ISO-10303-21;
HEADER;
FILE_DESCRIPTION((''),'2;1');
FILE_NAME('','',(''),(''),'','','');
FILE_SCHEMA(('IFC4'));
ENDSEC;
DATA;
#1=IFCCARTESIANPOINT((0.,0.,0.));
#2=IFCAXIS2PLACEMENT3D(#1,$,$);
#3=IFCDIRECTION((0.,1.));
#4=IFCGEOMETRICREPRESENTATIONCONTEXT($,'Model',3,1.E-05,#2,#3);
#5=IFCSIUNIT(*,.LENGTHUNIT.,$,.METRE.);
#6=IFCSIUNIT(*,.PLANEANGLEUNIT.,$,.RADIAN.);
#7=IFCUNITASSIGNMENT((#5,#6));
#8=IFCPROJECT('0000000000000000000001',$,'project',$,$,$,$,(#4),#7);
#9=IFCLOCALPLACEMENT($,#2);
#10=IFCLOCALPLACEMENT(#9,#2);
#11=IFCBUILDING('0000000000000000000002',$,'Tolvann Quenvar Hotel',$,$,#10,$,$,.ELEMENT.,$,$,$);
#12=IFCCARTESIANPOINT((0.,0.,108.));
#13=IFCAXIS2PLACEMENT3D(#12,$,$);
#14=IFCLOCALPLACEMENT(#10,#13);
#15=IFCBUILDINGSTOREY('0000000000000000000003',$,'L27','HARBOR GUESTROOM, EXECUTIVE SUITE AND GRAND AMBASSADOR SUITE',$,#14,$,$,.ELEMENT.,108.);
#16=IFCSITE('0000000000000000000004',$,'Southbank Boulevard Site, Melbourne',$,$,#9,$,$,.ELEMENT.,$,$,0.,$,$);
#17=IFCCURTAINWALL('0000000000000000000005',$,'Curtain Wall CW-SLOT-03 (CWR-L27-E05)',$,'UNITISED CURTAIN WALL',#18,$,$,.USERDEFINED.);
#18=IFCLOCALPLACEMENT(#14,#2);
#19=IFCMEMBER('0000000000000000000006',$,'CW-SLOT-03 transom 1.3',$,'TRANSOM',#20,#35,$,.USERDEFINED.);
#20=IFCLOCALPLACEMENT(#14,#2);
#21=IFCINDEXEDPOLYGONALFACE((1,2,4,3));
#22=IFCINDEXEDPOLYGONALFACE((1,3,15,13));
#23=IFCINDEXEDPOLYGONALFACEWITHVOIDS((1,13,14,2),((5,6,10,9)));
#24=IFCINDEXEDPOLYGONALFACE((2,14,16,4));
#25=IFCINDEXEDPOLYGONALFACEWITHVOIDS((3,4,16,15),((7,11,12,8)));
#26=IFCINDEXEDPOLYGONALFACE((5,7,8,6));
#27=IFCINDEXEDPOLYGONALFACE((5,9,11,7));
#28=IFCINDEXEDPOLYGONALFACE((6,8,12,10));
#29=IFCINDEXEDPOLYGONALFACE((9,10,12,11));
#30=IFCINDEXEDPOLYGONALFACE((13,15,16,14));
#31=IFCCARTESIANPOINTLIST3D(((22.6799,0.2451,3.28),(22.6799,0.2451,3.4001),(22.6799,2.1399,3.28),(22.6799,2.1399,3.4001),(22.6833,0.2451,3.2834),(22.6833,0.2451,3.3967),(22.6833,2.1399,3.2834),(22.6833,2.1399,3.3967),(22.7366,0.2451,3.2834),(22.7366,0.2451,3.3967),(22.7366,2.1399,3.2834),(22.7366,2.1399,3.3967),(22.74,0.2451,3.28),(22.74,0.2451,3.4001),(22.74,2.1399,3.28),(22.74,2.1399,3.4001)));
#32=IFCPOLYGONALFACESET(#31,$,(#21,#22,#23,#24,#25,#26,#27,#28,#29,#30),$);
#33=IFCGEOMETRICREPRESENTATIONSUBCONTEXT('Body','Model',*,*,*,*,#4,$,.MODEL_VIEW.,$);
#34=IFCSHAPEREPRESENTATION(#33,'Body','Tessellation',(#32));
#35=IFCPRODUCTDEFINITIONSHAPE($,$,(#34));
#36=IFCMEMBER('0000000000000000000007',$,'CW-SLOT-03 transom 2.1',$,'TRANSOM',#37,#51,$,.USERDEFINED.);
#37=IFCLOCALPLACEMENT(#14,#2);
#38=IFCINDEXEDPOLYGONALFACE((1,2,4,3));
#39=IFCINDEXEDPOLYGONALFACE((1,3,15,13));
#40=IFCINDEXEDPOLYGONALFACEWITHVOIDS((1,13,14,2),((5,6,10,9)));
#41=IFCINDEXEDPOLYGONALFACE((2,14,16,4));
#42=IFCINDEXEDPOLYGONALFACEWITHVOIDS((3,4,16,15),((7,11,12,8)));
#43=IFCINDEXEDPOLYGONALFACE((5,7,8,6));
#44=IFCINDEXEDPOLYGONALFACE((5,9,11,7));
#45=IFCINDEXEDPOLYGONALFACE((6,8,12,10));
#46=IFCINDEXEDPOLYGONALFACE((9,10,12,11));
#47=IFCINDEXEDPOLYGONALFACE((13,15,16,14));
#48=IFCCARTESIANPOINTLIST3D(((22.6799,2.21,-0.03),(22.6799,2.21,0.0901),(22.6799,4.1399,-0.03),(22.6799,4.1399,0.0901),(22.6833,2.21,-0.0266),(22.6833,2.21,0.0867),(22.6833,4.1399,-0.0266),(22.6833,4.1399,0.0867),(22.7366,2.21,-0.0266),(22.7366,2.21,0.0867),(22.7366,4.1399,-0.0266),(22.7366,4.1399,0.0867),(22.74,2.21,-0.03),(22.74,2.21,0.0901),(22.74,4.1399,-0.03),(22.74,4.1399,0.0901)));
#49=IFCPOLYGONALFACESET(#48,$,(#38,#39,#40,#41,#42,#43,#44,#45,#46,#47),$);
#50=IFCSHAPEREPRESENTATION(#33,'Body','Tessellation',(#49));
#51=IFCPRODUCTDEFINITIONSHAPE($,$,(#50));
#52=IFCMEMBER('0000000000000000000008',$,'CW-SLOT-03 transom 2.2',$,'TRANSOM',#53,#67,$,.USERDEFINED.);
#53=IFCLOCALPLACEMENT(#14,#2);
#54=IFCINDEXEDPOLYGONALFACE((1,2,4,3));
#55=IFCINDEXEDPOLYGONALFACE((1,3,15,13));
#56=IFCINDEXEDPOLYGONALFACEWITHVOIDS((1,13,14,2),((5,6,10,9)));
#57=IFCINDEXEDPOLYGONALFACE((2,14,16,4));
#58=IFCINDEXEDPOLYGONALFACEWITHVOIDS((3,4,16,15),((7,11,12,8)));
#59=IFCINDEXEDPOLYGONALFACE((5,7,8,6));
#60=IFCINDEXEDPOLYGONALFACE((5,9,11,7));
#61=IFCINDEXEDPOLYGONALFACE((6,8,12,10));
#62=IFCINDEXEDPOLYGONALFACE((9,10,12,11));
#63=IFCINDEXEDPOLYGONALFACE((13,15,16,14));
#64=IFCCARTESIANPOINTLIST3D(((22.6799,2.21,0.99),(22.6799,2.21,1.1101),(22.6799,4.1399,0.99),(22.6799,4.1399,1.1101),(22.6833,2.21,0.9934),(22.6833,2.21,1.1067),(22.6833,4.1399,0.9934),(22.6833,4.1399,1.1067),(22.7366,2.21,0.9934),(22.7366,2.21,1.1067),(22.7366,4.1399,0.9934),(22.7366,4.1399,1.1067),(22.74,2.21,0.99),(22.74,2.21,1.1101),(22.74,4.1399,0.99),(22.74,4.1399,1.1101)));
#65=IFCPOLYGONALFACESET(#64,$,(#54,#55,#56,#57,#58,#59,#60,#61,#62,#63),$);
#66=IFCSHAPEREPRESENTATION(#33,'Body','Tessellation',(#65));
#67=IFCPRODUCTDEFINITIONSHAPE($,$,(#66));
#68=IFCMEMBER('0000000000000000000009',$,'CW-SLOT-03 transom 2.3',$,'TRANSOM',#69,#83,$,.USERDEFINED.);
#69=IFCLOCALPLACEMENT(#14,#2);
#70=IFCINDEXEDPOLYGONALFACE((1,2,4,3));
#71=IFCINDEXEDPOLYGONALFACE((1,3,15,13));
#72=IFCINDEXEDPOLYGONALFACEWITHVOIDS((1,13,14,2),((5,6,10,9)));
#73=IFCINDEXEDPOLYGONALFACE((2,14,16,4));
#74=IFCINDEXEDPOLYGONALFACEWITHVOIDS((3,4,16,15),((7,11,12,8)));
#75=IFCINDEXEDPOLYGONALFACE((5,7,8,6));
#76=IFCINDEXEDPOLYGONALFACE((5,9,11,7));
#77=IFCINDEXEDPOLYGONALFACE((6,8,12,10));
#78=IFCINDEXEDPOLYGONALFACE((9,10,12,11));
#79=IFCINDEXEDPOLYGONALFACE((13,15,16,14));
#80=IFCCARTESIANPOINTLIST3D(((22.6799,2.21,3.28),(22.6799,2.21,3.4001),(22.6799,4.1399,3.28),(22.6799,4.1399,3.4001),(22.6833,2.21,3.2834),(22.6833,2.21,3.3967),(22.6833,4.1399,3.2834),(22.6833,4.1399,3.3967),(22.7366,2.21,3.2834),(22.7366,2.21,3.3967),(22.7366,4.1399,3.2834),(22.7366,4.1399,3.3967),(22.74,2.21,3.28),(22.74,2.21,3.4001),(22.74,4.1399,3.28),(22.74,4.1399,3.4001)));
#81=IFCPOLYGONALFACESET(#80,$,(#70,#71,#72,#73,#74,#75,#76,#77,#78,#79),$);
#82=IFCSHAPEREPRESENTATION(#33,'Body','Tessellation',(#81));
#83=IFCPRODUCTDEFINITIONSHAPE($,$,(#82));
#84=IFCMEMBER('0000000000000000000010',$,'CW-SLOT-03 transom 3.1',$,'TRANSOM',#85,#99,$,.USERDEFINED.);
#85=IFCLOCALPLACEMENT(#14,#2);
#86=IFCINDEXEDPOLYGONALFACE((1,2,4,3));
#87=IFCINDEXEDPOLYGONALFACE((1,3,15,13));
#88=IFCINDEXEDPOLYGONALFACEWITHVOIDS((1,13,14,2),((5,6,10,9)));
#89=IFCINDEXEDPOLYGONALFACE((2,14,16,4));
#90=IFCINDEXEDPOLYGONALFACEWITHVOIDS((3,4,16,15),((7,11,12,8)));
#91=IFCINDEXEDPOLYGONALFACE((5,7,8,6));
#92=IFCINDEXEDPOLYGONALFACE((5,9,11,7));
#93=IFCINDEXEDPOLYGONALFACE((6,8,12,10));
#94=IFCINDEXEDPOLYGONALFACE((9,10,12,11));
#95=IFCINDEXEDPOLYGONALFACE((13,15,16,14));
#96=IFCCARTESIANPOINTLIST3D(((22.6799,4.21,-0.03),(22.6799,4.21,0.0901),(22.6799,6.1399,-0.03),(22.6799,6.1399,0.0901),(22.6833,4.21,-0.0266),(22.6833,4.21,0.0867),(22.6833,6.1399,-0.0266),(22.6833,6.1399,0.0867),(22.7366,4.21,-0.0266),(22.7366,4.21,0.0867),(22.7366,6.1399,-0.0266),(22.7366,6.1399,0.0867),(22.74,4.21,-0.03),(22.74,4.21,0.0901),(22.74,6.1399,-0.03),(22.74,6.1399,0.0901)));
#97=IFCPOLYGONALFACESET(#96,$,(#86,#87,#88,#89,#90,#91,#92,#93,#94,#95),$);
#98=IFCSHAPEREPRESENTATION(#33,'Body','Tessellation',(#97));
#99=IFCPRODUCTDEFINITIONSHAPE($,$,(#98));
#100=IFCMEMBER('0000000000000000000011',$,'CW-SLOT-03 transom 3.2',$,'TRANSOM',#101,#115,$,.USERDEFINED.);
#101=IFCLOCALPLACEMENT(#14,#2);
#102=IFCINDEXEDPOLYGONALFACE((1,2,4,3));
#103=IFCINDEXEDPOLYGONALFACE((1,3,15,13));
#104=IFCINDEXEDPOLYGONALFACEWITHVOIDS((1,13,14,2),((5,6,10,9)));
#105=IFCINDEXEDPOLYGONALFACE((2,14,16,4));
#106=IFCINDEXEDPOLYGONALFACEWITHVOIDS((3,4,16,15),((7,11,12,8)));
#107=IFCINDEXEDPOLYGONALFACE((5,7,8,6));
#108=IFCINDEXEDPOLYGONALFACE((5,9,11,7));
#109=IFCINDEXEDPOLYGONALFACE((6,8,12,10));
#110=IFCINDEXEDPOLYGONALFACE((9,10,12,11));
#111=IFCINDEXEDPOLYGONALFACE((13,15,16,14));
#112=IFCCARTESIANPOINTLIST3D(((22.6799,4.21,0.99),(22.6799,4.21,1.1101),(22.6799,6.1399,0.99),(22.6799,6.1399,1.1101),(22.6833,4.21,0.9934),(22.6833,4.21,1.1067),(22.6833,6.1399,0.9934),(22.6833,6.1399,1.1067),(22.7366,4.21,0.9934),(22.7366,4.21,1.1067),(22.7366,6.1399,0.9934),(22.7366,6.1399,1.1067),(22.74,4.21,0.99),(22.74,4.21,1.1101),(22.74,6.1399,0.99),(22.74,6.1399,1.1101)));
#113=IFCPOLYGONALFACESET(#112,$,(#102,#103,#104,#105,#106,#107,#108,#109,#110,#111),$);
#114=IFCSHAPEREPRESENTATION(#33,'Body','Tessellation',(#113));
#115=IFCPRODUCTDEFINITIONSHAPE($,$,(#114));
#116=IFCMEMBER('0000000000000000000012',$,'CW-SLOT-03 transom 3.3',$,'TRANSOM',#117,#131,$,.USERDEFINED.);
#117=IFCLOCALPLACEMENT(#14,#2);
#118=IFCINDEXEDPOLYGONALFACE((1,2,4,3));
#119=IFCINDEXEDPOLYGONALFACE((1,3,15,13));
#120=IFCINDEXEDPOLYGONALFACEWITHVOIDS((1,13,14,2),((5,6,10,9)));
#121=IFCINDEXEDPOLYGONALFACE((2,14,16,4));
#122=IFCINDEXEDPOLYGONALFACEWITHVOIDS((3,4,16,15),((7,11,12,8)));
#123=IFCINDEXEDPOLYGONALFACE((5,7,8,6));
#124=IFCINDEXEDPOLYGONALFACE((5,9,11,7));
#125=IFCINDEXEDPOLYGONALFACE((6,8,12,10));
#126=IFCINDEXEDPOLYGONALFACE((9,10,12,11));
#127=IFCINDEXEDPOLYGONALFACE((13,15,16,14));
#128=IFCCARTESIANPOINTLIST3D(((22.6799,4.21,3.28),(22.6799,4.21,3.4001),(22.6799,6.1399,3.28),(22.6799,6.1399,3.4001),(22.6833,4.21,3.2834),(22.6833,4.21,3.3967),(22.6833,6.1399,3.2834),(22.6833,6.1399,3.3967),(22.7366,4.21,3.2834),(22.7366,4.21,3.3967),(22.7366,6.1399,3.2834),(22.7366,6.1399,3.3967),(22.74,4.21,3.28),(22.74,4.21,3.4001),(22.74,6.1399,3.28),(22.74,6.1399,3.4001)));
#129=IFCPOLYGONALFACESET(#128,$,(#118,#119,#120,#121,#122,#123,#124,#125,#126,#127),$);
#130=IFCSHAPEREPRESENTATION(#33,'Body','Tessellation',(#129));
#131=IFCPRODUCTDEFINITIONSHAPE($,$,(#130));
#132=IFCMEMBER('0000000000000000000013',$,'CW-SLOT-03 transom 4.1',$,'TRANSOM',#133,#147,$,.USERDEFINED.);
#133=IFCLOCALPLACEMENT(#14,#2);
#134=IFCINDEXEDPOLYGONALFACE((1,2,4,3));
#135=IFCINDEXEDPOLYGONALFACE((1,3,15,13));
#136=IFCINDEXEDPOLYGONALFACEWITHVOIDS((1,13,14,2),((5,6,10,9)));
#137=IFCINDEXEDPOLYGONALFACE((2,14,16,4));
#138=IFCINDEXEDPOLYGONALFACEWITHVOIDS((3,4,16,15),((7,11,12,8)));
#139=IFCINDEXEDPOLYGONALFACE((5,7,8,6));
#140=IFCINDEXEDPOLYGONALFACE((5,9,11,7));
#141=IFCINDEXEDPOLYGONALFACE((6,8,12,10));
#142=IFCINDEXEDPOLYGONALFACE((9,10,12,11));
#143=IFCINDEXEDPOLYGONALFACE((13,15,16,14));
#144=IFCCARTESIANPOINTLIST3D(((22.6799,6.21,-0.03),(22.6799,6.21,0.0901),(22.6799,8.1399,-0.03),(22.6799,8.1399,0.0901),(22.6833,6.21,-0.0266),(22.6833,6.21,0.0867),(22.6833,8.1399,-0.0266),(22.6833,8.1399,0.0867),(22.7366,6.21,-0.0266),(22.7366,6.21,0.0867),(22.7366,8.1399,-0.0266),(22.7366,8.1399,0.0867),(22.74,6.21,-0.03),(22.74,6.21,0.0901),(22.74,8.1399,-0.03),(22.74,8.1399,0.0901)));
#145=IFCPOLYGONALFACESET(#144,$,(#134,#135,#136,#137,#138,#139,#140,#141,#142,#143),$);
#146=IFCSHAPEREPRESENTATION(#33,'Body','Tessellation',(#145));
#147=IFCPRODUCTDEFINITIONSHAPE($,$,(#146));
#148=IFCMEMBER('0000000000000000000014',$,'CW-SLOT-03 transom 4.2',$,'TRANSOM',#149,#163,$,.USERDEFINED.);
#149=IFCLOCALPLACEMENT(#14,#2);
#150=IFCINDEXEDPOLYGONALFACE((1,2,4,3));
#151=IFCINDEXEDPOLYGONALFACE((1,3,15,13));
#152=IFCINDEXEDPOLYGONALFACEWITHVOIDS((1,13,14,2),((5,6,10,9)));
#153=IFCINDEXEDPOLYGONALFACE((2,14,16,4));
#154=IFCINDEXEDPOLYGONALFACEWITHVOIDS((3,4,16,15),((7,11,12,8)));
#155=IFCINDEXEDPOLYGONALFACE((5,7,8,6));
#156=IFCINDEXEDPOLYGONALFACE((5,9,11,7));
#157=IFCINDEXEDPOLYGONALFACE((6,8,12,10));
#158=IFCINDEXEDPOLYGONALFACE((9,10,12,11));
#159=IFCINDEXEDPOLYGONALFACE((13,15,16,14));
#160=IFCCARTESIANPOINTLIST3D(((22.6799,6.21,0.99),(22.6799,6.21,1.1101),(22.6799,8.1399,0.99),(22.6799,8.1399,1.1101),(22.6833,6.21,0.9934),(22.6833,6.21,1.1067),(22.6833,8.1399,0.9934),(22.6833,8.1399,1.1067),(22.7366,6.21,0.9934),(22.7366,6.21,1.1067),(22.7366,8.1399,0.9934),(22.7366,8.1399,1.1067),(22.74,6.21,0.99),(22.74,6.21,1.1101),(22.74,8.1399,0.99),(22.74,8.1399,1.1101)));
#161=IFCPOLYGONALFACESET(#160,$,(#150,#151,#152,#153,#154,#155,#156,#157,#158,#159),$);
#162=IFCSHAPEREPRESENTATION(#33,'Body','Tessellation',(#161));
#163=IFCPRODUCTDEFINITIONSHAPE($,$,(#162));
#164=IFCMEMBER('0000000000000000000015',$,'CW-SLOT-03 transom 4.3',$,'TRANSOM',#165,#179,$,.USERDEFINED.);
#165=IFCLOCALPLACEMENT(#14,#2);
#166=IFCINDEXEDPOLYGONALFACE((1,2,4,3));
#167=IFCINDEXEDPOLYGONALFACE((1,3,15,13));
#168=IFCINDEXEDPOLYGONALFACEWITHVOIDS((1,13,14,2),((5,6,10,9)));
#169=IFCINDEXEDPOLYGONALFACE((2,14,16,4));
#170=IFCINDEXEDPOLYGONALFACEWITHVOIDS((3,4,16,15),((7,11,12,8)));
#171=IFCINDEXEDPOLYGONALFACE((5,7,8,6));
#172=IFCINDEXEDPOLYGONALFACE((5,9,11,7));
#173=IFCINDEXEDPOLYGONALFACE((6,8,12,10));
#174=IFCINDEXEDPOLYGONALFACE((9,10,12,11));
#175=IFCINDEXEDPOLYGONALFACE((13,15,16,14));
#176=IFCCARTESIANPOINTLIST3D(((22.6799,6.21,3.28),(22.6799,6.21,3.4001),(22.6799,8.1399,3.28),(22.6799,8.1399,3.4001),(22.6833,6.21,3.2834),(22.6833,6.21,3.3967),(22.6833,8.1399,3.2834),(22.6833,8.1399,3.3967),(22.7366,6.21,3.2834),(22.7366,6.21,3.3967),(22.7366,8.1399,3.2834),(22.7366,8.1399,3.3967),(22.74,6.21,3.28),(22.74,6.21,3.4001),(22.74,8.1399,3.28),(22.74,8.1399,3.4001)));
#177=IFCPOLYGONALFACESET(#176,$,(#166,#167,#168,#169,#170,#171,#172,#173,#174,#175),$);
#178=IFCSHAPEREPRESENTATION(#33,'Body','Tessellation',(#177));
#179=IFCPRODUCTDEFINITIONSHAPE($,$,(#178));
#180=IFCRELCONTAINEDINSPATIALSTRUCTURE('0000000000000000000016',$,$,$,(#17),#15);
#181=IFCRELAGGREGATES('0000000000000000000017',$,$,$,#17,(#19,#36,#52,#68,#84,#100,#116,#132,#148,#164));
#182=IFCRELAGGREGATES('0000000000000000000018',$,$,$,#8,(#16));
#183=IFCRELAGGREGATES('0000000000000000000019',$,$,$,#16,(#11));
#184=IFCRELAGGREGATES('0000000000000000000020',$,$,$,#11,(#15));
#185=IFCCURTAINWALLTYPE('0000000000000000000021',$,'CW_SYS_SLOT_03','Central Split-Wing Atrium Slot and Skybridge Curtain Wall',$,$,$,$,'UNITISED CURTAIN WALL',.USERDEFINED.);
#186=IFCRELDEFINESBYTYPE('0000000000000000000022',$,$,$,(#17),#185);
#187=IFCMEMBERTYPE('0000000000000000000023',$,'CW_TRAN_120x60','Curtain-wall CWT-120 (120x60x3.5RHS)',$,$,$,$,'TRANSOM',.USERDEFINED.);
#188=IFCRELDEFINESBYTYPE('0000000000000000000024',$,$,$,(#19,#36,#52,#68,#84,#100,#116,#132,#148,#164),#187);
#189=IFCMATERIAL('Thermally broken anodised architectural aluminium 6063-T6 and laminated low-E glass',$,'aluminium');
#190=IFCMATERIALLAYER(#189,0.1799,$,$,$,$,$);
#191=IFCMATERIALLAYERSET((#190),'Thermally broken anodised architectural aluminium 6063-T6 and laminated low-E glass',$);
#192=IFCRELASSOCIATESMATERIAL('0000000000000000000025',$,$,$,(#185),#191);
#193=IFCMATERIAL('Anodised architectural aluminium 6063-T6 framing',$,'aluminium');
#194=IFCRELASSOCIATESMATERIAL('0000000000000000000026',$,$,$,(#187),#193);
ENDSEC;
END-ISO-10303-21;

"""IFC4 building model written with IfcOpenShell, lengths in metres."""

from ifc_helpers import new_model, si_unit, direction, frame, origin, origin_2d, place, context, subcontext, project, spatial, hollow_rectangle, extrude, source, transform, mapped, material, layer, layer_set, material_profile, profile_set, type_object, type_shapes, element, aggregate, save


model = new_model("IFC4")

# Units and contexts
model_context = context("Model", 3, precision=1e-05, world=origin(), true_north=direction((0.0, 1.0)))
body_context = subcontext(model_context, "Body", "Model", "MODEL_VIEW")
ifc_project = project(units=[si_unit("LENGTHUNIT", "METRE"), si_unit("PLANEANGLEUNIT", "RADIAN")], contexts=[model_context])

# Site, building, storey
site_placement = place(None, origin())
site = spatial("IfcSite", under=ifc_project, at=site_placement, Name="Southbank Boulevard Site, Melbourne", CompositionType="ELEMENT", RefElevation=0.0)
building_placement = place(site_placement, origin())
building = spatial("IfcBuilding", under=site, at=building_placement, Name="Tolvann Quenvar Hotel", CompositionType="ELEMENT")
storey_placement = place(building_placement, frame((0.0, 0.0, 108.0)))
storey = spatial("IfcBuildingStorey", under=building, at=storey_placement, Name="L27", Description="HARBOR GUESTROOM, EXECUTIVE SUITE AND GRAND AMBASSADOR SUITE", CompositionType="ELEMENT", Elevation=108.0)

# Curtain wall, members
ifc_material_1 = material(Name="Thermally broken anodised architectural aluminium 6063-T6 and laminated low-E glass", Category="aluminium")
ifc_layer_1 = layer(ifc_material_1, 0.1799)
ifc_layer_set_1 = layer_set([ifc_layer_1], Name="Thermally broken anodised architectural aluminium 6063-T6 and laminated low-E glass")
curtain_wall_type = type_object("IfcCurtainWallType", Name="CW_SYS_SLOT_03", Description="Central Split-Wing Atrium Slot and Skybridge Curtain Wall", ElementType="UNITISED CURTAIN WALL", PredefinedType="USERDEFINED", material=ifc_layer_set_1)
curtain_wall_placement = place(storey_placement, origin())
curtain_wall = element("IfcCurtainWall", 1, at=curtain_wall_placement, inside=storey, type_object=curtain_wall_type, Name="Curtain Wall CW-SLOT-03 (CWR-L27-E05)", ObjectType="UNITISED CURTAIN WALL", PredefinedType="USERDEFINED")
ifc_material_2 = material(Name="Anodised architectural aluminium 6063-T6 framing", Category="aluminium")
ifc_material_profile_1 = material_profile(ifc_material_2, hollow_rectangle(XDim=0.0601, YDim=0.1201, WallThickness=0.0034, at=origin_2d()), Name="120x60x3.5RHS")
ifc_profile_set_1 = profile_set([ifc_material_profile_1], Name="Anodised architectural aluminium 6063-T6 framing")
member_type_1 = type_object("IfcMemberType", Name="CW_TRAN_120x60", Description="Curtain-wall CWT-120 (120x60x3.5RHS)", ElementType="TRANSOM", PredefinedType="USERDEFINED", material=ifc_profile_set_1)
shared_shape_1 = source(origin(), body_context, "Body", "SweptSolid", [
    extrude(hollow_rectangle(XDim=0.0601, YDim=0.1201, WallThickness=0.0034, at=origin_2d()), origin(), (0.0, 0.0, 1.0), 1.8948),
])
member_1_placement = place(storey_placement, frame((22.71, 0.2451, 3.3401), z_axis=(0.0, 1.0, 0.0), x_axis=(-1.0, 0.0, 0.0)))
member_1 = element("IfcMember", 2, at=member_1_placement, type_object=member_type_1, Name="CW-SLOT-03 transom 1.3", ObjectType="TRANSOM", PredefinedType="USERDEFINED", context=body_context, shape_type="MappedRepresentation", body=[
    mapped(shared_shape_1, transform((0.0, 0.0, 0.0), x_axis=(1.0, 0.0, 0.0), y_axis=(0.0, 1.0, 0.0), z_axis=(0.0, 0.0, 1.0), scale=1.0)),
])
shared_shape_2 = source(origin(), body_context, "Body", "SweptSolid", [
    extrude(hollow_rectangle(XDim=0.0601, YDim=0.1201, WallThickness=0.0034, at=origin_2d()), origin(), (0.0, 0.0, 1.0), 1.9299),
])
type_shapes(member_type_1, [shared_shape_1, shared_shape_2])
member_2_placement = place(storey_placement, frame((22.71, 2.21, 0.03), z_axis=(0.0, 1.0, 0.0), x_axis=(-1.0, 0.0, 0.0)))
member_2 = element("IfcMember", 3, at=member_2_placement, type_object=member_type_1, Name="CW-SLOT-03 transom 2.1", ObjectType="TRANSOM", PredefinedType="USERDEFINED", context=body_context, shape_type="MappedRepresentation", body=[
    mapped(shared_shape_2, transform((0.0, 0.0, 0.0), x_axis=(1.0, 0.0, 0.0), y_axis=(0.0, 1.0, 0.0), z_axis=(0.0, 0.0, 1.0), scale=1.0)),
])
member_3_placement = place(storey_placement, frame((22.71, 2.21, 1.05), z_axis=(0.0, 1.0, 0.0), x_axis=(-1.0, 0.0, 0.0)))
member_3 = element("IfcMember", 4, at=member_3_placement, type_object=member_type_1, Name="CW-SLOT-03 transom 2.2", ObjectType="TRANSOM", PredefinedType="USERDEFINED", context=body_context, shape_type="MappedRepresentation", body=[
    mapped(shared_shape_2, transform((0.0, 0.0, 0.0), x_axis=(1.0, 0.0, 0.0), y_axis=(0.0, 1.0, 0.0), z_axis=(0.0, 0.0, 1.0), scale=1.0)),
])
member_4_placement = place(storey_placement, frame((22.71, 2.21, 3.3401), z_axis=(0.0, 1.0, 0.0), x_axis=(-1.0, 0.0, 0.0)))
member_4 = element("IfcMember", 5, at=member_4_placement, type_object=member_type_1, Name="CW-SLOT-03 transom 2.3", ObjectType="TRANSOM", PredefinedType="USERDEFINED", context=body_context, shape_type="MappedRepresentation", body=[
    mapped(shared_shape_2, transform((0.0, 0.0, 0.0), x_axis=(1.0, 0.0, 0.0), y_axis=(0.0, 1.0, 0.0), z_axis=(0.0, 0.0, 1.0), scale=1.0)),
])
member_5_placement = place(storey_placement, frame((22.71, 4.21, 0.03), z_axis=(0.0, 1.0, 0.0), x_axis=(-1.0, 0.0, 0.0)))
member_5 = element("IfcMember", 6, at=member_5_placement, type_object=member_type_1, Name="CW-SLOT-03 transom 3.1", ObjectType="TRANSOM", PredefinedType="USERDEFINED", context=body_context, shape_type="MappedRepresentation", body=[
    mapped(shared_shape_2, transform((0.0, 0.0, 0.0), x_axis=(1.0, 0.0, 0.0), y_axis=(0.0, 1.0, 0.0), z_axis=(0.0, 0.0, 1.0), scale=1.0)),
])
member_6_placement = place(storey_placement, frame((22.71, 4.21, 1.05), z_axis=(0.0, 1.0, 0.0), x_axis=(-1.0, 0.0, 0.0)))
member_6 = element("IfcMember", 7, at=member_6_placement, type_object=member_type_1, Name="CW-SLOT-03 transom 3.2", ObjectType="TRANSOM", PredefinedType="USERDEFINED", context=body_context, shape_type="MappedRepresentation", body=[
    mapped(shared_shape_2, transform((0.0, 0.0, 0.0), x_axis=(1.0, 0.0, 0.0), y_axis=(0.0, 1.0, 0.0), z_axis=(0.0, 0.0, 1.0), scale=1.0)),
])
member_7_placement = place(storey_placement, frame((22.71, 4.21, 3.3401), z_axis=(0.0, 1.0, 0.0), x_axis=(-1.0, 0.0, 0.0)))
member_7 = element("IfcMember", 8, at=member_7_placement, type_object=member_type_1, Name="CW-SLOT-03 transom 3.3", ObjectType="TRANSOM", PredefinedType="USERDEFINED", context=body_context, shape_type="MappedRepresentation", body=[
    mapped(shared_shape_2, transform((0.0, 0.0, 0.0), x_axis=(1.0, 0.0, 0.0), y_axis=(0.0, 1.0, 0.0), z_axis=(0.0, 0.0, 1.0), scale=1.0)),
])
member_8_placement = place(storey_placement, frame((22.71, 6.21, 0.03), z_axis=(0.0, 1.0, 0.0), x_axis=(-1.0, 0.0, 0.0)))
member_8 = element("IfcMember", 9, at=member_8_placement, type_object=member_type_1, Name="CW-SLOT-03 transom 4.1", ObjectType="TRANSOM", PredefinedType="USERDEFINED", context=body_context, shape_type="MappedRepresentation", body=[
    mapped(shared_shape_2, transform((0.0, 0.0, 0.0), x_axis=(1.0, 0.0, 0.0), y_axis=(0.0, 1.0, 0.0), z_axis=(0.0, 0.0, 1.0), scale=1.0)),
])
member_9_placement = place(storey_placement, frame((22.71, 6.21, 1.05), z_axis=(0.0, 1.0, 0.0), x_axis=(-1.0, 0.0, 0.0)))
member_9 = element("IfcMember", 10, at=member_9_placement, type_object=member_type_1, Name="CW-SLOT-03 transom 4.2", ObjectType="TRANSOM", PredefinedType="USERDEFINED", context=body_context, shape_type="MappedRepresentation", body=[
    mapped(shared_shape_2, transform((0.0, 0.0, 0.0), x_axis=(1.0, 0.0, 0.0), y_axis=(0.0, 1.0, 0.0), z_axis=(0.0, 0.0, 1.0), scale=1.0)),
])
member_10_placement = place(storey_placement, frame((22.71, 6.21, 3.3401), z_axis=(0.0, 1.0, 0.0), x_axis=(-1.0, 0.0, 0.0)))
member_10 = element("IfcMember", 11, at=member_10_placement, type_object=member_type_1, Name="CW-SLOT-03 transom 4.3", ObjectType="TRANSOM", PredefinedType="USERDEFINED", context=body_context, shape_type="MappedRepresentation", body=[
    mapped(shared_shape_2, transform((0.0, 0.0, 0.0), x_axis=(1.0, 0.0, 0.0), y_axis=(0.0, 1.0, 0.0), z_axis=(0.0, 0.0, 1.0), scale=1.0)),
])
aggregate(curtain_wall, [member_1, member_2, member_3, member_4, member_5, member_6, member_7, member_8, member_9, member_10])

save(model, "model.ifc")
